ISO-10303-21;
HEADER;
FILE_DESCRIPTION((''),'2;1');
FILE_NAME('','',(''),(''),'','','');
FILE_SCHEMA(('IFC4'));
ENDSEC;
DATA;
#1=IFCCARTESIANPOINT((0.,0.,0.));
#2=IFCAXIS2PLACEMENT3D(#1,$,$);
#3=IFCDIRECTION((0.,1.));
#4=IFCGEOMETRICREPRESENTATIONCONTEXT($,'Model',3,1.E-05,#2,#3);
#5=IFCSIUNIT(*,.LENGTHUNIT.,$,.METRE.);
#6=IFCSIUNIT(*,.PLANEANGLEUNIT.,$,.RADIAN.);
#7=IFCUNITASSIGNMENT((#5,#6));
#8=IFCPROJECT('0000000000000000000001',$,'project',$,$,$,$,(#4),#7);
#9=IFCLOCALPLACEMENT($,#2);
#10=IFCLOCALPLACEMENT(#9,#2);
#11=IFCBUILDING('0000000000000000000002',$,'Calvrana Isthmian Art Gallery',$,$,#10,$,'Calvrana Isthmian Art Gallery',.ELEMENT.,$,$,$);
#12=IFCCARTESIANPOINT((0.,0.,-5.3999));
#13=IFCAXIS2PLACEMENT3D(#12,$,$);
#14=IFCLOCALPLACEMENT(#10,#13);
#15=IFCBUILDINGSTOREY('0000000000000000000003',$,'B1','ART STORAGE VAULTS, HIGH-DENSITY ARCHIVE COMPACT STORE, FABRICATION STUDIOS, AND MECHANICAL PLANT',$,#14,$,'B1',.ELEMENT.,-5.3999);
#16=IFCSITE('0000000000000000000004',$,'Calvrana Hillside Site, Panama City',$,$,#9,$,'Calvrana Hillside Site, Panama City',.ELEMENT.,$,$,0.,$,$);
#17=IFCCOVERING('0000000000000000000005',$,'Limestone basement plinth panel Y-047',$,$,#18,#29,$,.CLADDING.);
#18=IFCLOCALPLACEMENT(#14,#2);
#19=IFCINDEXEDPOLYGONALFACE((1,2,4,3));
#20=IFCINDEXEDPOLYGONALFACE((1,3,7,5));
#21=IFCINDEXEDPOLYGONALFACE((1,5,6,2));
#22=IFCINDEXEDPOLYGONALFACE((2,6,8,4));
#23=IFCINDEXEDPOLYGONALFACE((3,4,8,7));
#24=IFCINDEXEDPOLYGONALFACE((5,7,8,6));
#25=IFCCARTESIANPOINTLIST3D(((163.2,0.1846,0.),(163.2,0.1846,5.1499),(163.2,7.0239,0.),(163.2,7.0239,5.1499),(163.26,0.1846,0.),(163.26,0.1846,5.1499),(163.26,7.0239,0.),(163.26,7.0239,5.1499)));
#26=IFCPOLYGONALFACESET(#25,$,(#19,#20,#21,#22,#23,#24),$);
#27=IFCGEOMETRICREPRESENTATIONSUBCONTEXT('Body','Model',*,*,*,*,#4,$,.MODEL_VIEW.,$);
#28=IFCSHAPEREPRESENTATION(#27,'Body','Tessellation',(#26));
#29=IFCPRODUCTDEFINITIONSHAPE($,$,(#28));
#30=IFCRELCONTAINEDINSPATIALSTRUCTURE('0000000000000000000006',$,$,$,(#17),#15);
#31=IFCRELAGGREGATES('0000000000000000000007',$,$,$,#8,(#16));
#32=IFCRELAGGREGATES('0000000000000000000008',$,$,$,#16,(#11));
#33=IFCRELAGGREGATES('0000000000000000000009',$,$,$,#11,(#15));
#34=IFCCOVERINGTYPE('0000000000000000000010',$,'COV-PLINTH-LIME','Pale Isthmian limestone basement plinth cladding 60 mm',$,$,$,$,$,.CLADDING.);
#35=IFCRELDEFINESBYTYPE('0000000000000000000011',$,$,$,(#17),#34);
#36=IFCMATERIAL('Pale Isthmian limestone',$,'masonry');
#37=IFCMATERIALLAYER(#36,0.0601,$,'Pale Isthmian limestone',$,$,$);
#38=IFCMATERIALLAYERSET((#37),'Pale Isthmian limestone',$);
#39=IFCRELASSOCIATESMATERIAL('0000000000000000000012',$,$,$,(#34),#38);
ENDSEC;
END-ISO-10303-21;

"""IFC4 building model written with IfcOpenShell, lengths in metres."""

from ifc_helpers import new_model, si_unit, direction, frame, origin, place, context, subcontext, project, spatial, polyline, outline, extrude, material, layer, layer_set, type_object, element, save


model = new_model("IFC4")

# Units and contexts
model_context = context("Model", 3, precision=1e-05, world=origin(), true_north=direction((0.0, 1.0)))
body_context = subcontext(model_context, "Body", "Model", "MODEL_VIEW")
ifc_project = project(units=[si_unit("LENGTHUNIT", "METRE"), si_unit("PLANEANGLEUNIT", "RADIAN")], contexts=[model_context])

# Site, building, storey
site_placement = place(None, origin())
site = spatial("IfcSite", under=ifc_project, at=site_placement, Name="Calvrana Hillside Site, Panama City", LongName="Calvrana Hillside Site, Panama City", CompositionType="ELEMENT", RefElevation=0.0)
building_placement = place(site_placement, origin())
building = spatial("IfcBuilding", under=site, at=building_placement, Name="Calvrana Isthmian Art Gallery", LongName="Calvrana Isthmian Art Gallery", CompositionType="ELEMENT")
storey_placement = place(building_placement, frame((0.0, 0.0, -5.3999)))
storey = spatial("IfcBuildingStorey", under=building, at=storey_placement, Name="B1", Description="ART STORAGE VAULTS, HIGH-DENSITY ARCHIVE COMPACT STORE, FABRICATION STUDIOS, AND MECHANICAL PLANT", LongName="B1", CompositionType="ELEMENT", Elevation=-5.3999)

# Covering
ifc_material = material(Name="Pale Isthmian limestone", Category="masonry")
ifc_layer = layer(ifc_material, 0.0601, Name="Pale Isthmian limestone")
ifc_layer_set = layer_set([ifc_layer], Name="Pale Isthmian limestone")
covering_type = type_object("IfcCoveringType", Name="COV-PLINTH-LIME", Description="Pale Isthmian limestone basement plinth cladding 60 mm", PredefinedType="CLADDING", material=ifc_layer_set)
covering_1_placement = place(storey_placement, origin())
element("IfcCovering", 1, at=covering_1_placement, inside=storey, type_object=covering_type, Name="Limestone basement plinth panel Y-047", PredefinedType="CLADDING", context=body_context, shape_type="SweptSolid", body=[
    extrude(outline(polyline([(163.2, 0.1846), (163.26, 0.1846), (163.26, 7.0239), (163.2, 7.0239), (163.2, 0.1846)])), origin(), (0.0, 0.0, 1.0), 5.1499),
])

save(model, "model.ifc")
